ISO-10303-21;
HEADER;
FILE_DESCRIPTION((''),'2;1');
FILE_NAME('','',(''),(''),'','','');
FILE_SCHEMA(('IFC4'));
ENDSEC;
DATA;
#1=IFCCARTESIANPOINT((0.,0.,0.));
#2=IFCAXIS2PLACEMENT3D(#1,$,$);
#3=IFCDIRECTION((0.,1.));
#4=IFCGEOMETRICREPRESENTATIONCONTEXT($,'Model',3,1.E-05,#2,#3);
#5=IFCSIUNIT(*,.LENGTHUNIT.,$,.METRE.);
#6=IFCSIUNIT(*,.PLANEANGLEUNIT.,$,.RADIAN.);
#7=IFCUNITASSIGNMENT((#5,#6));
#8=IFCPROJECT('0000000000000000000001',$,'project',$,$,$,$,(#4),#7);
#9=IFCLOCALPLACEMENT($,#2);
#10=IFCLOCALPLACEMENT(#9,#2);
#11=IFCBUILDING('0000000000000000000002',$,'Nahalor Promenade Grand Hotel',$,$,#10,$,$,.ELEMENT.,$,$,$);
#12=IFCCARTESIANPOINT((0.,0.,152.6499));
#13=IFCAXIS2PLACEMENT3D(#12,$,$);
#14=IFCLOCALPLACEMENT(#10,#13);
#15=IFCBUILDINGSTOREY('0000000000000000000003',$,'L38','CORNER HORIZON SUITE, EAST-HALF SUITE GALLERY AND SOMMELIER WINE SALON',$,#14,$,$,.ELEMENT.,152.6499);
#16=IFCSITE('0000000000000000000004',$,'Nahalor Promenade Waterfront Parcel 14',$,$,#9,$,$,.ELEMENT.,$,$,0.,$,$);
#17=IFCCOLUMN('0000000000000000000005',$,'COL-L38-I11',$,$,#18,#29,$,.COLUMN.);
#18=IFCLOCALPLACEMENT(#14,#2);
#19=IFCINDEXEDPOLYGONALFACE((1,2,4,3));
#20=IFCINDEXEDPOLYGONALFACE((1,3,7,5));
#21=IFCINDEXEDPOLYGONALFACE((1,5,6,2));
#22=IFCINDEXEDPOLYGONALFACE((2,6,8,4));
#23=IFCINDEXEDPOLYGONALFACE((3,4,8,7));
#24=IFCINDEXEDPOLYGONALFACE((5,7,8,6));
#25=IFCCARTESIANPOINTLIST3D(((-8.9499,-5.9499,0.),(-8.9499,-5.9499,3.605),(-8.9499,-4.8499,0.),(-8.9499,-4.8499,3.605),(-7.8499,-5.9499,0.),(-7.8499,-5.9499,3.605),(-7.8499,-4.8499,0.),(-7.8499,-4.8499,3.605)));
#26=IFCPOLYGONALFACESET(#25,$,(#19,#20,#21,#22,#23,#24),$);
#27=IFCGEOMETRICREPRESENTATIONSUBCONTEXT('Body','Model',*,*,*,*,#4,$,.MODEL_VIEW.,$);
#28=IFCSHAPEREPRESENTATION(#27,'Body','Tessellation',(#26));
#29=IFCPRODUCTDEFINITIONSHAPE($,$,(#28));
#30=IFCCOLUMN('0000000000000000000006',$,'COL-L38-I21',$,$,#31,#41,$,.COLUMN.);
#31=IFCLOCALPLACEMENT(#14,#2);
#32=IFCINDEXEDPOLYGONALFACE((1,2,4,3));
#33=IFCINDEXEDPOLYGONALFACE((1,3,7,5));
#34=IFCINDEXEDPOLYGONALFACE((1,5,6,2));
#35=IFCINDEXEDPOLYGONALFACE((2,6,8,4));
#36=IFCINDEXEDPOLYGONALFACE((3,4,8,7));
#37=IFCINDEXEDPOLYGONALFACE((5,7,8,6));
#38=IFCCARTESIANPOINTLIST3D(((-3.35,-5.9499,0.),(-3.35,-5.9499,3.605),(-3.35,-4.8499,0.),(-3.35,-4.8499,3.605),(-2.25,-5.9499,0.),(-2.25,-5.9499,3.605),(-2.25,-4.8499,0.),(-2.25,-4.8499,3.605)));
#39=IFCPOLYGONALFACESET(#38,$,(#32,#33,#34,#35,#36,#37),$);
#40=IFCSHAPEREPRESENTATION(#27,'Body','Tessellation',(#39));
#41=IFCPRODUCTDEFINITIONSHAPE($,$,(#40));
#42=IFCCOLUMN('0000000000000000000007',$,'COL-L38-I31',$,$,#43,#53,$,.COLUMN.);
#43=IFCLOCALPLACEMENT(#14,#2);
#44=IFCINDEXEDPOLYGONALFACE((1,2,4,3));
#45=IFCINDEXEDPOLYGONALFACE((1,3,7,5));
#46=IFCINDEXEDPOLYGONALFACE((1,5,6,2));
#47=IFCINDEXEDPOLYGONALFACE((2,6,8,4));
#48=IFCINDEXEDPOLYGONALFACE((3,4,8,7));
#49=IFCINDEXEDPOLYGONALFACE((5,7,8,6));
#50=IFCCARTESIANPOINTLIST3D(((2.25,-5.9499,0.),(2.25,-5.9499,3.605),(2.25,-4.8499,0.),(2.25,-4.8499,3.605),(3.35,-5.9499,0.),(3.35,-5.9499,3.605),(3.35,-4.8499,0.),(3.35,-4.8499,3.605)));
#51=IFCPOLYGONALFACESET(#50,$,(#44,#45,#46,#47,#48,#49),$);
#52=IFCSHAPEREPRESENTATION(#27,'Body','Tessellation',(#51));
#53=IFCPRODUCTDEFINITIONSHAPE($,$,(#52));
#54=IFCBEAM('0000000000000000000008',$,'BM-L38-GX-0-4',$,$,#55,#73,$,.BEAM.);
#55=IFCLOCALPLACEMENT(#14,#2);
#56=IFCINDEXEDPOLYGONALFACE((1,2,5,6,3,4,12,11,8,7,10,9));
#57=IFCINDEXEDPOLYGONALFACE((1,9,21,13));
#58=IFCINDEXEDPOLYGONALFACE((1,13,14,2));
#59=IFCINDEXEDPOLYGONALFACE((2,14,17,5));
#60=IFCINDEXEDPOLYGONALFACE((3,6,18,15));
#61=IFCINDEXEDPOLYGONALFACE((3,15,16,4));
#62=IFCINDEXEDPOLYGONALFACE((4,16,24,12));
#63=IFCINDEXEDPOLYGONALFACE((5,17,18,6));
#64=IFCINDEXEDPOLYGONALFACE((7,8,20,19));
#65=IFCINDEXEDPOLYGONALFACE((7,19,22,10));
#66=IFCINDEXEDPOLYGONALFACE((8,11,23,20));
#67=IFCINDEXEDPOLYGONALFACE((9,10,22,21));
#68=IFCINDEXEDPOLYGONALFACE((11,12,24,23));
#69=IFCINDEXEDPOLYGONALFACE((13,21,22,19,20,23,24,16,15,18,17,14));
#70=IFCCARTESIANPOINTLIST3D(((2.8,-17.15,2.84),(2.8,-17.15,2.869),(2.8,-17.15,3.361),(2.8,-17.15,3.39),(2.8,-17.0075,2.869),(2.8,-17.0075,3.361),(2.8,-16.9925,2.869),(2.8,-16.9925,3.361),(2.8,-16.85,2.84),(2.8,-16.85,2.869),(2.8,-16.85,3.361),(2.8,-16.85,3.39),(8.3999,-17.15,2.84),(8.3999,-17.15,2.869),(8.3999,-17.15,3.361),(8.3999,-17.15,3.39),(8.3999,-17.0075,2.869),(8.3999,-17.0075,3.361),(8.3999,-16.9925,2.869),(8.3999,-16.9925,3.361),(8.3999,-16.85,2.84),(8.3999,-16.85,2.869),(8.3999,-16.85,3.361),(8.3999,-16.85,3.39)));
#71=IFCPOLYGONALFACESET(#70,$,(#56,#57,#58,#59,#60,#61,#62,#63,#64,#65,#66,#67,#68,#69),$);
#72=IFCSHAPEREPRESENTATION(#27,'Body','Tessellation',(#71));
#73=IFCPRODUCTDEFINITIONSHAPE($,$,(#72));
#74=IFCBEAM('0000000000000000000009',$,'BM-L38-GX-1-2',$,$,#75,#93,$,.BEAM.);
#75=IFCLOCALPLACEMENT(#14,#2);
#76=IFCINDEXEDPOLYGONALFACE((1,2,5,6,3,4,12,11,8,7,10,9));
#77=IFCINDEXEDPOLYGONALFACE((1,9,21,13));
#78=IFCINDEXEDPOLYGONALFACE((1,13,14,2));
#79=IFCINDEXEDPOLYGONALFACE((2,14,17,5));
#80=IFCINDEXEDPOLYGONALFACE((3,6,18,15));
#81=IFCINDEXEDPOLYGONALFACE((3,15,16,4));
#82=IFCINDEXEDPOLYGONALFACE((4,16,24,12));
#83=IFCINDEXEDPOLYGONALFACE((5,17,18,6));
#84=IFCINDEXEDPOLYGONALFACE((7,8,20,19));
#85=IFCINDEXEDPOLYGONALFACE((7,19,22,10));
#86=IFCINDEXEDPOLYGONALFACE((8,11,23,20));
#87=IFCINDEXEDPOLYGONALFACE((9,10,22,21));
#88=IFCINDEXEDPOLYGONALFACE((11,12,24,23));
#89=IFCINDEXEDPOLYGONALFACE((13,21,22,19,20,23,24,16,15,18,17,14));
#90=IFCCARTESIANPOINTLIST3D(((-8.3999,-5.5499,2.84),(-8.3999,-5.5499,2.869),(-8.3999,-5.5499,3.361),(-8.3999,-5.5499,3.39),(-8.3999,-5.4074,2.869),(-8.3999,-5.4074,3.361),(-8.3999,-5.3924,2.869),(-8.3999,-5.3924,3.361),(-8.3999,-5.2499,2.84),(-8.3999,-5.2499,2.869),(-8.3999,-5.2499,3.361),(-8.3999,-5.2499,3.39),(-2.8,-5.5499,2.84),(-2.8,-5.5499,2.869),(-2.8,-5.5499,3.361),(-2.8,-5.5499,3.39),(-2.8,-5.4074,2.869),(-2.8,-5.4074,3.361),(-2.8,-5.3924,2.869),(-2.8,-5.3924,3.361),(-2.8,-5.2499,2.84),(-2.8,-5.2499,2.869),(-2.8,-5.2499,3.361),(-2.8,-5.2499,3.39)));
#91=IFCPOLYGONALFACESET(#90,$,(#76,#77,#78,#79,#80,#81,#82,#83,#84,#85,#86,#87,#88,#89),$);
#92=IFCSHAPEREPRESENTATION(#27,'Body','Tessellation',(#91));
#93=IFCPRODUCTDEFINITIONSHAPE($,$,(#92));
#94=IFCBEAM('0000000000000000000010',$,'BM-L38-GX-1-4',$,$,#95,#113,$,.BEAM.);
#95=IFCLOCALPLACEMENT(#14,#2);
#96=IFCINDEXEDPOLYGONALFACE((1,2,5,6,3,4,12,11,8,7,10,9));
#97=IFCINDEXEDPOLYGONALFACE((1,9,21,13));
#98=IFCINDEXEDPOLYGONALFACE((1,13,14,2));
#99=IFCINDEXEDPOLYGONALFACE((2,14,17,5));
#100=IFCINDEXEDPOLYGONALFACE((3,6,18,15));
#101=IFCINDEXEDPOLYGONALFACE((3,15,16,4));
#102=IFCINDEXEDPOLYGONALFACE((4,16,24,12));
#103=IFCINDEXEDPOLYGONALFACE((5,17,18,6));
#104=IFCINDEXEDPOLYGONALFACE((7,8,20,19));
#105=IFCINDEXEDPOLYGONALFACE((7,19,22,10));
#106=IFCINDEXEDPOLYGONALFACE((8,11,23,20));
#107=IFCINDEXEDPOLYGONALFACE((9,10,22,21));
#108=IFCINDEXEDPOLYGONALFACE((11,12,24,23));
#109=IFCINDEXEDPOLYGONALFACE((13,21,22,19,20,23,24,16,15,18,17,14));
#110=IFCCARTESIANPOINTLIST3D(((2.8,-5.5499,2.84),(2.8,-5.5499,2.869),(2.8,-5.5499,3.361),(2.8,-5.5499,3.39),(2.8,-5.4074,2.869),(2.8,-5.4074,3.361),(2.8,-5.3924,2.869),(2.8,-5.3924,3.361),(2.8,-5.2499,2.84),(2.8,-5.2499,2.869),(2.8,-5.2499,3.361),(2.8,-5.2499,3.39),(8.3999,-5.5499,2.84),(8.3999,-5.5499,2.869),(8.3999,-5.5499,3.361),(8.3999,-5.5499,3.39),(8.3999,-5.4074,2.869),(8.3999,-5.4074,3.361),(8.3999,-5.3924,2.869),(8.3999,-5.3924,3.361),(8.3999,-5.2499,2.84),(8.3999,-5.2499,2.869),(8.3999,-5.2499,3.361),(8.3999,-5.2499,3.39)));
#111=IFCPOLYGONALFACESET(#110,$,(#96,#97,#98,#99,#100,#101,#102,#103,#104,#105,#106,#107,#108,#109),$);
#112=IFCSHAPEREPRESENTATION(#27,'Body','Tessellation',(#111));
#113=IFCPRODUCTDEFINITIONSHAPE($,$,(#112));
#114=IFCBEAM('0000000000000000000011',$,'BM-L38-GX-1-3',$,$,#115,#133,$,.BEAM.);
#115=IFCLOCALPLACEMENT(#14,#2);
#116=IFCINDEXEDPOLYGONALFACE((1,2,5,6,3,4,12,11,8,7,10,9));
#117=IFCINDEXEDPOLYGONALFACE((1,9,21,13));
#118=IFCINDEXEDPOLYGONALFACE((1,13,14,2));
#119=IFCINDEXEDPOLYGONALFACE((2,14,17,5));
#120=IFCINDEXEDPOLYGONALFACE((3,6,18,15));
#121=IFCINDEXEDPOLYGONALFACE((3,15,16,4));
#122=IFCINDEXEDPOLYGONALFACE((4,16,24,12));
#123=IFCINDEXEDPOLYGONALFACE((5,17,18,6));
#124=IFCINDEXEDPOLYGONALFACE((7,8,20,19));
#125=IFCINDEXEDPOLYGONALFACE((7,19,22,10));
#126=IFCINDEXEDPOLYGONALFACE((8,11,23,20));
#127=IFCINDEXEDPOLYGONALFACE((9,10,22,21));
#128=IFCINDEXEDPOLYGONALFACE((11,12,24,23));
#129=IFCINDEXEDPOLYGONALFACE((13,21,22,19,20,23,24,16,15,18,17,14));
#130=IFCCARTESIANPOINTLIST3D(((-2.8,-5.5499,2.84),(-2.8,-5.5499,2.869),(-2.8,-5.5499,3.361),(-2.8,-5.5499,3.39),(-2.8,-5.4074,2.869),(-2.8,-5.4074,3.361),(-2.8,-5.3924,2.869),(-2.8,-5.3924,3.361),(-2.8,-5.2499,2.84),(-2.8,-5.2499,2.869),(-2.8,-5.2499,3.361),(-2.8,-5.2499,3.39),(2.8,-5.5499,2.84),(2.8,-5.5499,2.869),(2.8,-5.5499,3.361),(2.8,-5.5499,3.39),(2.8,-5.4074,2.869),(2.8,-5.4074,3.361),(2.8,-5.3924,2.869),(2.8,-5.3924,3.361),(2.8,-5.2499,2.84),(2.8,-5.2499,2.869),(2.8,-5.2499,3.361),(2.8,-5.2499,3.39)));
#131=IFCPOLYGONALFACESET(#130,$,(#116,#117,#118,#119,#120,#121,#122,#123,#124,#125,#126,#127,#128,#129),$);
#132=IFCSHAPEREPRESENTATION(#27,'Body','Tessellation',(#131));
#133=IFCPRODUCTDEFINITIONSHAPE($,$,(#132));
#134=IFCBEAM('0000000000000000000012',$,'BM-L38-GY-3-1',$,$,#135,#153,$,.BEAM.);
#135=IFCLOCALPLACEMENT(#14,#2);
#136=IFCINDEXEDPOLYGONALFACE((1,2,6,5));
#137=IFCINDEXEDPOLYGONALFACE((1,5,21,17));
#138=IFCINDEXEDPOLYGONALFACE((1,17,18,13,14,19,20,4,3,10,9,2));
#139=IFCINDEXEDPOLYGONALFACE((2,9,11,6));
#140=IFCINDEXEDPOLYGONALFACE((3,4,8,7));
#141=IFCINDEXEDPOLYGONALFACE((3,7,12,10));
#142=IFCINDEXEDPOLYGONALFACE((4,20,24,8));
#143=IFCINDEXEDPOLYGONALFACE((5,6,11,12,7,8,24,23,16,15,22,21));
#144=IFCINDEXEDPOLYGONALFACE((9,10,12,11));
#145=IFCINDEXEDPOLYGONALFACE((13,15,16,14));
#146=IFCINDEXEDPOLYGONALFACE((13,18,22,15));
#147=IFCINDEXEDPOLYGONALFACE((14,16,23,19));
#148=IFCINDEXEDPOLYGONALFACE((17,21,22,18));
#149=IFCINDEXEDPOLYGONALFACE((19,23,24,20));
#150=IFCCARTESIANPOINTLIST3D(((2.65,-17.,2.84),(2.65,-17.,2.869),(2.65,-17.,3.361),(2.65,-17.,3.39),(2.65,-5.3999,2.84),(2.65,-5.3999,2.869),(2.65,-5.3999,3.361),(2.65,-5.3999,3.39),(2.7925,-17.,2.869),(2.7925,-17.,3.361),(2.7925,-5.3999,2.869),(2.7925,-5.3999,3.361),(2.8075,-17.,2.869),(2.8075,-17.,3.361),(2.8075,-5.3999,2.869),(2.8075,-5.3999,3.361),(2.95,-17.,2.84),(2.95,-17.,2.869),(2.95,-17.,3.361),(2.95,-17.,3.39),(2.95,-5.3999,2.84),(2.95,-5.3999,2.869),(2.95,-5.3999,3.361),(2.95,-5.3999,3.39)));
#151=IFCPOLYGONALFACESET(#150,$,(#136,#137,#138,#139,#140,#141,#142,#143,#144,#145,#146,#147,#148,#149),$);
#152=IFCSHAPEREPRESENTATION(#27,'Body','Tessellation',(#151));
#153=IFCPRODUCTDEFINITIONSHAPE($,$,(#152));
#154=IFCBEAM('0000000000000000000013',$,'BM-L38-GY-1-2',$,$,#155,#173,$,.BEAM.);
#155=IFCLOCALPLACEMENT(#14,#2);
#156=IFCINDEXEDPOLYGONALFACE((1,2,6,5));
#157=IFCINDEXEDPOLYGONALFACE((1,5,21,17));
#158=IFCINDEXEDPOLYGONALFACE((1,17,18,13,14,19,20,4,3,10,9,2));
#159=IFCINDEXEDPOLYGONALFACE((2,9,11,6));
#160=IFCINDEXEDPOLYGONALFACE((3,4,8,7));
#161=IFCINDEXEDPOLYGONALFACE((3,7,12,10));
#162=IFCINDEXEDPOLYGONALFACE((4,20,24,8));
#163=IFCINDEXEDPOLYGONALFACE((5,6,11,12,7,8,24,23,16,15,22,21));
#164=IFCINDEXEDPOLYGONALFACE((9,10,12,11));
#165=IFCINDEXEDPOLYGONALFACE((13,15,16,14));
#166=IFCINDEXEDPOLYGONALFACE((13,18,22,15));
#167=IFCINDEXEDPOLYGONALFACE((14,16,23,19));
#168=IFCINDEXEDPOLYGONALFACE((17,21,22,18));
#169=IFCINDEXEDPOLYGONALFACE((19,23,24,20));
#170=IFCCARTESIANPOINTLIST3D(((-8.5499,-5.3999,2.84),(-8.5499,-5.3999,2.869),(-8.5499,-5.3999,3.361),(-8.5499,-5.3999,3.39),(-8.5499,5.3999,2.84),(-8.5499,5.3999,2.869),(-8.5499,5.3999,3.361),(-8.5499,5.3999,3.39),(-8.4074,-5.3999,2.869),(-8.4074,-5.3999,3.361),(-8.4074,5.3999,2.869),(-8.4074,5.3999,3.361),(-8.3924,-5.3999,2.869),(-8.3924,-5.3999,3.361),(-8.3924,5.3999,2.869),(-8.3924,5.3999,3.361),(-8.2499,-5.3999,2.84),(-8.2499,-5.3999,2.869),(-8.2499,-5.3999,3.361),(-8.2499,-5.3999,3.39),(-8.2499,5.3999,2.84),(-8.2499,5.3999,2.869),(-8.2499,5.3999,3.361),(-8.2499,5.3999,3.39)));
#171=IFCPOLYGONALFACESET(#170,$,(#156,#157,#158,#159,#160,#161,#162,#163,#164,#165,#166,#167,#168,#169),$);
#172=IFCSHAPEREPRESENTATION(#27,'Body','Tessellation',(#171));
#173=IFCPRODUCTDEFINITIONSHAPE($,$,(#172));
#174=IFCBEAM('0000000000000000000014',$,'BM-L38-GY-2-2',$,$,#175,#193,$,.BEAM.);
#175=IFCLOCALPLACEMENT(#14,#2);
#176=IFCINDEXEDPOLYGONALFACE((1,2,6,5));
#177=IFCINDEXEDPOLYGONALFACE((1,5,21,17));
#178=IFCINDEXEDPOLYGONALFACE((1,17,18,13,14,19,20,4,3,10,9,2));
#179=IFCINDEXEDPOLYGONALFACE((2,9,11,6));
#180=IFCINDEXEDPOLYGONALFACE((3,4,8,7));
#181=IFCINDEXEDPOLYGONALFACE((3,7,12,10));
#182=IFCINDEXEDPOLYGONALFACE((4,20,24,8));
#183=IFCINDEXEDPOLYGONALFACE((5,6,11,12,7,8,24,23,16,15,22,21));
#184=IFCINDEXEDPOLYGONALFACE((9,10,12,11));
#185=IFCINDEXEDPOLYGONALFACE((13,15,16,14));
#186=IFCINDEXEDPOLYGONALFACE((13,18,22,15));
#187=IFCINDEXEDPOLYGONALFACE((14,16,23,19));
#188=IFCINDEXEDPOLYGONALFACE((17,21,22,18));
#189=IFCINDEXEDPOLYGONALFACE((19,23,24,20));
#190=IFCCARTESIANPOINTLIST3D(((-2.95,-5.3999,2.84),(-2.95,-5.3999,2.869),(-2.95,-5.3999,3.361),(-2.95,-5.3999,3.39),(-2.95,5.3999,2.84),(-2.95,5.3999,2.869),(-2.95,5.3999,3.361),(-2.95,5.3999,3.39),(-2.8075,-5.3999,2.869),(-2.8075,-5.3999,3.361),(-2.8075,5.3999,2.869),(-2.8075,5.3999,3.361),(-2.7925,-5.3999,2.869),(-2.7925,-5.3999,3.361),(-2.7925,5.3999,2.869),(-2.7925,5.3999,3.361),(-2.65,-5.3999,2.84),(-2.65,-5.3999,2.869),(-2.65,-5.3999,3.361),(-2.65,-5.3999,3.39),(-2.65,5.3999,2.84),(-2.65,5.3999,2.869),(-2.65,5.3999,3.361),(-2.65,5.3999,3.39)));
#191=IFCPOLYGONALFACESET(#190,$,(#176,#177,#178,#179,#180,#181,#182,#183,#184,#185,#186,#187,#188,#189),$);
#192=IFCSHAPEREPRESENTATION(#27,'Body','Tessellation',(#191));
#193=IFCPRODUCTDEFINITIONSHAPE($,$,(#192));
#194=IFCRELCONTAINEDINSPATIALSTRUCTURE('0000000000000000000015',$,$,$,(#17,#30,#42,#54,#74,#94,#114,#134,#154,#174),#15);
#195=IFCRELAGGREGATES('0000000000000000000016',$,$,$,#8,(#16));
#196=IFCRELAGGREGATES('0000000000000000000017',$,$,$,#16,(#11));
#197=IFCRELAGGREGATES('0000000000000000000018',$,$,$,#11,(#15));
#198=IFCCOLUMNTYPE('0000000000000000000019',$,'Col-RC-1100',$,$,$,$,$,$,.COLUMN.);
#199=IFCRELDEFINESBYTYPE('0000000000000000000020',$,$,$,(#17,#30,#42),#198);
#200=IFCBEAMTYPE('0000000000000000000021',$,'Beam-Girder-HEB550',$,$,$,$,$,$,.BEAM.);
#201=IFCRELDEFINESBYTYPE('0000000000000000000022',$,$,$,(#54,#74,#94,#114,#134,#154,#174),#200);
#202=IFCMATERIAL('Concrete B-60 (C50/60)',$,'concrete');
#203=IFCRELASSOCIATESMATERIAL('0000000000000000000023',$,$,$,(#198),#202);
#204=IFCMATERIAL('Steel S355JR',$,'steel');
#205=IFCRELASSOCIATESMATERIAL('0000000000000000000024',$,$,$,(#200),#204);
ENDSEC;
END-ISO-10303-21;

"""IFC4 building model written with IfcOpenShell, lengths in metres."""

from ifc_helpers import new_model, si_unit, direction, frame, origin, origin_2d, place, context, subcontext, project, spatial, rectangle, i_section, extrude, source, transform, mapped, material, material_profile, profile_set, type_object, element, save


model = new_model("IFC4")

# Units and contexts
model_context = context("Model", 3, precision=1e-05, world=origin(), true_north=direction((0.0, 1.0)))
body_context = subcontext(model_context, "Body", "Model", "MODEL_VIEW")
ifc_project = project(units=[si_unit("LENGTHUNIT", "METRE"), si_unit("PLANEANGLEUNIT", "RADIAN")], contexts=[model_context])

# Site, building, storey
site_placement = place(None, origin())
site = spatial("IfcSite", under=ifc_project, at=site_placement, Name="Nahalor Promenade Waterfront Parcel 14", CompositionType="ELEMENT", RefElevation=0.0)
building_placement = place(site_placement, origin())
building = spatial("IfcBuilding", under=site, at=building_placement, Name="Nahalor Promenade Grand Hotel", CompositionType="ELEMENT")
storey_placement = place(building_placement, frame((0.0, 0.0, 152.6499)))
storey = spatial("IfcBuildingStorey", under=building, at=storey_placement, Name="L38", Description="CORNER HORIZON SUITE, EAST-HALF SUITE GALLERY AND SOMMELIER WINE SALON", CompositionType="ELEMENT", Elevation=152.6499)

# Columns
ifc_material_1 = material(Name="Concrete B-60 (C50/60)", Category="concrete")
ifc_material_profile_1 = material_profile(ifc_material_1, rectangle(XDim=1.1, YDim=1.1, at=origin_2d()), Name="RC 1100x1100")
ifc_profile_set_1 = profile_set([ifc_material_profile_1], Name="Concrete B-60 (C50/60)")
column_type = type_object("IfcColumnType", Name="Col-RC-1100", PredefinedType="COLUMN", material=ifc_profile_set_1)
shared_shape_1 = source(origin(), body_context, "Body", "SweptSolid", [
    extrude(rectangle(XDim=1.1, YDim=1.1, at=origin_2d()), origin(), (0.0, 0.0, 1.0), 3.605),
])
for number, where, z_axis, x_axis, name in (
    (1, (-8.3999, -5.3999, 0.0), (0.0, 0.0, 1.0), (1.0, 0.0, 0.0), "COL-L38-I11"),
    (2, (-2.8, -5.3999, 0.0), (0.0, 0.0, 1.0), (1.0, 0.0, 0.0), "COL-L38-I21"),
    (3, (2.8, -5.3999, 0.0), (0.0, 0.0, 1.0), (1.0, 0.0, 0.0), "COL-L38-I31"),
):
    element("IfcColumn", number, at=place(storey_placement, frame(where, z_axis=z_axis, x_axis=x_axis)), inside=storey, type_object=column_type, Name=name, PredefinedType="COLUMN", context=body_context, shape_type="MappedRepresentation", body=[
        mapped(shared_shape_1, transform((0.0, 0.0, 0.0), scale=1.0)),
    ])

# Beams
ifc_material_2 = material(Name="Steel S355JR", Category="steel")
ifc_material_profile_2 = material_profile(ifc_material_2, i_section(OverallWidth=0.3, OverallDepth=0.55, WebThickness=0.015, FlangeThickness=0.029, at=origin_2d()), Name="HEB 550")
ifc_profile_set_2 = profile_set([ifc_material_profile_2], Name="Steel S355JR")
beam_type = type_object("IfcBeamType", Name="Beam-Girder-HEB550", PredefinedType="BEAM", material=ifc_profile_set_2)
shared_shape_2 = source(origin(), body_context, "Body", "SweptSolid", [
    extrude(i_section(OverallWidth=0.3, OverallDepth=0.55, WebThickness=0.015, FlangeThickness=0.029, at=origin_2d()), origin(), (0.0, 0.0, 1.0), 5.5999),
])
for number, where, z_axis, x_axis, name in (
    (4, (2.8, -17.0, 3.115), (1.0, 0.0, 0.0), (0.0, 1.0, 0.0), "BM-L38-GX-0-4"),
    (5, (-8.3999, -5.3999, 3.115), (1.0, 0.0, 0.0), (0.0, 1.0, 0.0), "BM-L38-GX-1-2"),
    (6, (2.8, -5.3999, 3.115), (1.0, 0.0, 0.0), (0.0, 1.0, 0.0), "BM-L38-GX-1-4"),
):
    element("IfcBeam", number, at=place(storey_placement, frame(where, z_axis=z_axis, x_axis=x_axis)), inside=storey, type_object=beam_type, Name=name, PredefinedType="BEAM", context=body_context, shape_type="MappedRepresentation", body=[
        mapped(shared_shape_2, transform((0.0, 0.0, 0.0), scale=1.0)),
    ])
shared_shape_3 = source(origin(), body_context, "Body", "SweptSolid", [
    extrude(i_section(OverallWidth=0.3, OverallDepth=0.55, WebThickness=0.015, FlangeThickness=0.029, at=origin_2d()), origin(), (0.0, 0.0, 1.0), 5.6001),
])
beam_1_placement = place(storey_placement, frame((-2.8, -5.3999, 3.115), z_axis=(1.0, 0.0, 0.0), x_axis=(0.0, 1.0, 0.0)))
element("IfcBeam", 7, at=beam_1_placement, inside=storey, type_object=beam_type, Name="BM-L38-GX-1-3", PredefinedType="BEAM", context=body_context, shape_type="MappedRepresentation", body=[
    mapped(shared_shape_3, transform((0.0, 0.0, 0.0), scale=1.0)),
])
shared_shape_4 = source(origin(), body_context, "Body", "SweptSolid", [
    extrude(i_section(OverallWidth=0.3, OverallDepth=0.55, WebThickness=0.015, FlangeThickness=0.029, at=origin_2d()), origin(), (0.0, 0.0, 1.0), 11.6001),
])
beam_2_placement = place(storey_placement, frame((2.8, -17.0, 3.115), z_axis=(0.0, 1.0, 0.0), x_axis=(-1.0, 0.0, 0.0)))
element("IfcBeam", 8, at=beam_2_placement, inside=storey, type_object=beam_type, Name="BM-L38-GY-3-1", PredefinedType="BEAM", context=body_context, shape_type="MappedRepresentation", body=[
    mapped(shared_shape_4, transform((0.0, 0.0, 0.0), scale=1.0)),
])
shared_shape_5 = source(origin(), body_context, "Body", "SweptSolid", [
    extrude(i_section(OverallWidth=0.3, OverallDepth=0.55, WebThickness=0.015, FlangeThickness=0.029, at=origin_2d()), origin(), (0.0, 0.0, 1.0), 10.7998),
])
for number, where, z_axis, x_axis, name in (
    (9, (-8.3999, -5.3999, 3.115), (0.0, 1.0, 0.0), (-1.0, 0.0, 0.0), "BM-L38-GY-1-2"),
    (10, (-2.8, -5.3999, 3.115), (0.0, 1.0, 0.0), (-1.0, 0.0, 0.0), "BM-L38-GY-2-2"),
):
    element("IfcBeam", number, at=place(storey_placement, frame(where, z_axis=z_axis, x_axis=x_axis)), inside=storey, type_object=beam_type, Name=name, PredefinedType="BEAM", context=body_context, shape_type="MappedRepresentation", body=[
        mapped(shared_shape_5, transform((0.0, 0.0, 0.0), scale=1.0)),
    ])

save(model, "model.ifc")
